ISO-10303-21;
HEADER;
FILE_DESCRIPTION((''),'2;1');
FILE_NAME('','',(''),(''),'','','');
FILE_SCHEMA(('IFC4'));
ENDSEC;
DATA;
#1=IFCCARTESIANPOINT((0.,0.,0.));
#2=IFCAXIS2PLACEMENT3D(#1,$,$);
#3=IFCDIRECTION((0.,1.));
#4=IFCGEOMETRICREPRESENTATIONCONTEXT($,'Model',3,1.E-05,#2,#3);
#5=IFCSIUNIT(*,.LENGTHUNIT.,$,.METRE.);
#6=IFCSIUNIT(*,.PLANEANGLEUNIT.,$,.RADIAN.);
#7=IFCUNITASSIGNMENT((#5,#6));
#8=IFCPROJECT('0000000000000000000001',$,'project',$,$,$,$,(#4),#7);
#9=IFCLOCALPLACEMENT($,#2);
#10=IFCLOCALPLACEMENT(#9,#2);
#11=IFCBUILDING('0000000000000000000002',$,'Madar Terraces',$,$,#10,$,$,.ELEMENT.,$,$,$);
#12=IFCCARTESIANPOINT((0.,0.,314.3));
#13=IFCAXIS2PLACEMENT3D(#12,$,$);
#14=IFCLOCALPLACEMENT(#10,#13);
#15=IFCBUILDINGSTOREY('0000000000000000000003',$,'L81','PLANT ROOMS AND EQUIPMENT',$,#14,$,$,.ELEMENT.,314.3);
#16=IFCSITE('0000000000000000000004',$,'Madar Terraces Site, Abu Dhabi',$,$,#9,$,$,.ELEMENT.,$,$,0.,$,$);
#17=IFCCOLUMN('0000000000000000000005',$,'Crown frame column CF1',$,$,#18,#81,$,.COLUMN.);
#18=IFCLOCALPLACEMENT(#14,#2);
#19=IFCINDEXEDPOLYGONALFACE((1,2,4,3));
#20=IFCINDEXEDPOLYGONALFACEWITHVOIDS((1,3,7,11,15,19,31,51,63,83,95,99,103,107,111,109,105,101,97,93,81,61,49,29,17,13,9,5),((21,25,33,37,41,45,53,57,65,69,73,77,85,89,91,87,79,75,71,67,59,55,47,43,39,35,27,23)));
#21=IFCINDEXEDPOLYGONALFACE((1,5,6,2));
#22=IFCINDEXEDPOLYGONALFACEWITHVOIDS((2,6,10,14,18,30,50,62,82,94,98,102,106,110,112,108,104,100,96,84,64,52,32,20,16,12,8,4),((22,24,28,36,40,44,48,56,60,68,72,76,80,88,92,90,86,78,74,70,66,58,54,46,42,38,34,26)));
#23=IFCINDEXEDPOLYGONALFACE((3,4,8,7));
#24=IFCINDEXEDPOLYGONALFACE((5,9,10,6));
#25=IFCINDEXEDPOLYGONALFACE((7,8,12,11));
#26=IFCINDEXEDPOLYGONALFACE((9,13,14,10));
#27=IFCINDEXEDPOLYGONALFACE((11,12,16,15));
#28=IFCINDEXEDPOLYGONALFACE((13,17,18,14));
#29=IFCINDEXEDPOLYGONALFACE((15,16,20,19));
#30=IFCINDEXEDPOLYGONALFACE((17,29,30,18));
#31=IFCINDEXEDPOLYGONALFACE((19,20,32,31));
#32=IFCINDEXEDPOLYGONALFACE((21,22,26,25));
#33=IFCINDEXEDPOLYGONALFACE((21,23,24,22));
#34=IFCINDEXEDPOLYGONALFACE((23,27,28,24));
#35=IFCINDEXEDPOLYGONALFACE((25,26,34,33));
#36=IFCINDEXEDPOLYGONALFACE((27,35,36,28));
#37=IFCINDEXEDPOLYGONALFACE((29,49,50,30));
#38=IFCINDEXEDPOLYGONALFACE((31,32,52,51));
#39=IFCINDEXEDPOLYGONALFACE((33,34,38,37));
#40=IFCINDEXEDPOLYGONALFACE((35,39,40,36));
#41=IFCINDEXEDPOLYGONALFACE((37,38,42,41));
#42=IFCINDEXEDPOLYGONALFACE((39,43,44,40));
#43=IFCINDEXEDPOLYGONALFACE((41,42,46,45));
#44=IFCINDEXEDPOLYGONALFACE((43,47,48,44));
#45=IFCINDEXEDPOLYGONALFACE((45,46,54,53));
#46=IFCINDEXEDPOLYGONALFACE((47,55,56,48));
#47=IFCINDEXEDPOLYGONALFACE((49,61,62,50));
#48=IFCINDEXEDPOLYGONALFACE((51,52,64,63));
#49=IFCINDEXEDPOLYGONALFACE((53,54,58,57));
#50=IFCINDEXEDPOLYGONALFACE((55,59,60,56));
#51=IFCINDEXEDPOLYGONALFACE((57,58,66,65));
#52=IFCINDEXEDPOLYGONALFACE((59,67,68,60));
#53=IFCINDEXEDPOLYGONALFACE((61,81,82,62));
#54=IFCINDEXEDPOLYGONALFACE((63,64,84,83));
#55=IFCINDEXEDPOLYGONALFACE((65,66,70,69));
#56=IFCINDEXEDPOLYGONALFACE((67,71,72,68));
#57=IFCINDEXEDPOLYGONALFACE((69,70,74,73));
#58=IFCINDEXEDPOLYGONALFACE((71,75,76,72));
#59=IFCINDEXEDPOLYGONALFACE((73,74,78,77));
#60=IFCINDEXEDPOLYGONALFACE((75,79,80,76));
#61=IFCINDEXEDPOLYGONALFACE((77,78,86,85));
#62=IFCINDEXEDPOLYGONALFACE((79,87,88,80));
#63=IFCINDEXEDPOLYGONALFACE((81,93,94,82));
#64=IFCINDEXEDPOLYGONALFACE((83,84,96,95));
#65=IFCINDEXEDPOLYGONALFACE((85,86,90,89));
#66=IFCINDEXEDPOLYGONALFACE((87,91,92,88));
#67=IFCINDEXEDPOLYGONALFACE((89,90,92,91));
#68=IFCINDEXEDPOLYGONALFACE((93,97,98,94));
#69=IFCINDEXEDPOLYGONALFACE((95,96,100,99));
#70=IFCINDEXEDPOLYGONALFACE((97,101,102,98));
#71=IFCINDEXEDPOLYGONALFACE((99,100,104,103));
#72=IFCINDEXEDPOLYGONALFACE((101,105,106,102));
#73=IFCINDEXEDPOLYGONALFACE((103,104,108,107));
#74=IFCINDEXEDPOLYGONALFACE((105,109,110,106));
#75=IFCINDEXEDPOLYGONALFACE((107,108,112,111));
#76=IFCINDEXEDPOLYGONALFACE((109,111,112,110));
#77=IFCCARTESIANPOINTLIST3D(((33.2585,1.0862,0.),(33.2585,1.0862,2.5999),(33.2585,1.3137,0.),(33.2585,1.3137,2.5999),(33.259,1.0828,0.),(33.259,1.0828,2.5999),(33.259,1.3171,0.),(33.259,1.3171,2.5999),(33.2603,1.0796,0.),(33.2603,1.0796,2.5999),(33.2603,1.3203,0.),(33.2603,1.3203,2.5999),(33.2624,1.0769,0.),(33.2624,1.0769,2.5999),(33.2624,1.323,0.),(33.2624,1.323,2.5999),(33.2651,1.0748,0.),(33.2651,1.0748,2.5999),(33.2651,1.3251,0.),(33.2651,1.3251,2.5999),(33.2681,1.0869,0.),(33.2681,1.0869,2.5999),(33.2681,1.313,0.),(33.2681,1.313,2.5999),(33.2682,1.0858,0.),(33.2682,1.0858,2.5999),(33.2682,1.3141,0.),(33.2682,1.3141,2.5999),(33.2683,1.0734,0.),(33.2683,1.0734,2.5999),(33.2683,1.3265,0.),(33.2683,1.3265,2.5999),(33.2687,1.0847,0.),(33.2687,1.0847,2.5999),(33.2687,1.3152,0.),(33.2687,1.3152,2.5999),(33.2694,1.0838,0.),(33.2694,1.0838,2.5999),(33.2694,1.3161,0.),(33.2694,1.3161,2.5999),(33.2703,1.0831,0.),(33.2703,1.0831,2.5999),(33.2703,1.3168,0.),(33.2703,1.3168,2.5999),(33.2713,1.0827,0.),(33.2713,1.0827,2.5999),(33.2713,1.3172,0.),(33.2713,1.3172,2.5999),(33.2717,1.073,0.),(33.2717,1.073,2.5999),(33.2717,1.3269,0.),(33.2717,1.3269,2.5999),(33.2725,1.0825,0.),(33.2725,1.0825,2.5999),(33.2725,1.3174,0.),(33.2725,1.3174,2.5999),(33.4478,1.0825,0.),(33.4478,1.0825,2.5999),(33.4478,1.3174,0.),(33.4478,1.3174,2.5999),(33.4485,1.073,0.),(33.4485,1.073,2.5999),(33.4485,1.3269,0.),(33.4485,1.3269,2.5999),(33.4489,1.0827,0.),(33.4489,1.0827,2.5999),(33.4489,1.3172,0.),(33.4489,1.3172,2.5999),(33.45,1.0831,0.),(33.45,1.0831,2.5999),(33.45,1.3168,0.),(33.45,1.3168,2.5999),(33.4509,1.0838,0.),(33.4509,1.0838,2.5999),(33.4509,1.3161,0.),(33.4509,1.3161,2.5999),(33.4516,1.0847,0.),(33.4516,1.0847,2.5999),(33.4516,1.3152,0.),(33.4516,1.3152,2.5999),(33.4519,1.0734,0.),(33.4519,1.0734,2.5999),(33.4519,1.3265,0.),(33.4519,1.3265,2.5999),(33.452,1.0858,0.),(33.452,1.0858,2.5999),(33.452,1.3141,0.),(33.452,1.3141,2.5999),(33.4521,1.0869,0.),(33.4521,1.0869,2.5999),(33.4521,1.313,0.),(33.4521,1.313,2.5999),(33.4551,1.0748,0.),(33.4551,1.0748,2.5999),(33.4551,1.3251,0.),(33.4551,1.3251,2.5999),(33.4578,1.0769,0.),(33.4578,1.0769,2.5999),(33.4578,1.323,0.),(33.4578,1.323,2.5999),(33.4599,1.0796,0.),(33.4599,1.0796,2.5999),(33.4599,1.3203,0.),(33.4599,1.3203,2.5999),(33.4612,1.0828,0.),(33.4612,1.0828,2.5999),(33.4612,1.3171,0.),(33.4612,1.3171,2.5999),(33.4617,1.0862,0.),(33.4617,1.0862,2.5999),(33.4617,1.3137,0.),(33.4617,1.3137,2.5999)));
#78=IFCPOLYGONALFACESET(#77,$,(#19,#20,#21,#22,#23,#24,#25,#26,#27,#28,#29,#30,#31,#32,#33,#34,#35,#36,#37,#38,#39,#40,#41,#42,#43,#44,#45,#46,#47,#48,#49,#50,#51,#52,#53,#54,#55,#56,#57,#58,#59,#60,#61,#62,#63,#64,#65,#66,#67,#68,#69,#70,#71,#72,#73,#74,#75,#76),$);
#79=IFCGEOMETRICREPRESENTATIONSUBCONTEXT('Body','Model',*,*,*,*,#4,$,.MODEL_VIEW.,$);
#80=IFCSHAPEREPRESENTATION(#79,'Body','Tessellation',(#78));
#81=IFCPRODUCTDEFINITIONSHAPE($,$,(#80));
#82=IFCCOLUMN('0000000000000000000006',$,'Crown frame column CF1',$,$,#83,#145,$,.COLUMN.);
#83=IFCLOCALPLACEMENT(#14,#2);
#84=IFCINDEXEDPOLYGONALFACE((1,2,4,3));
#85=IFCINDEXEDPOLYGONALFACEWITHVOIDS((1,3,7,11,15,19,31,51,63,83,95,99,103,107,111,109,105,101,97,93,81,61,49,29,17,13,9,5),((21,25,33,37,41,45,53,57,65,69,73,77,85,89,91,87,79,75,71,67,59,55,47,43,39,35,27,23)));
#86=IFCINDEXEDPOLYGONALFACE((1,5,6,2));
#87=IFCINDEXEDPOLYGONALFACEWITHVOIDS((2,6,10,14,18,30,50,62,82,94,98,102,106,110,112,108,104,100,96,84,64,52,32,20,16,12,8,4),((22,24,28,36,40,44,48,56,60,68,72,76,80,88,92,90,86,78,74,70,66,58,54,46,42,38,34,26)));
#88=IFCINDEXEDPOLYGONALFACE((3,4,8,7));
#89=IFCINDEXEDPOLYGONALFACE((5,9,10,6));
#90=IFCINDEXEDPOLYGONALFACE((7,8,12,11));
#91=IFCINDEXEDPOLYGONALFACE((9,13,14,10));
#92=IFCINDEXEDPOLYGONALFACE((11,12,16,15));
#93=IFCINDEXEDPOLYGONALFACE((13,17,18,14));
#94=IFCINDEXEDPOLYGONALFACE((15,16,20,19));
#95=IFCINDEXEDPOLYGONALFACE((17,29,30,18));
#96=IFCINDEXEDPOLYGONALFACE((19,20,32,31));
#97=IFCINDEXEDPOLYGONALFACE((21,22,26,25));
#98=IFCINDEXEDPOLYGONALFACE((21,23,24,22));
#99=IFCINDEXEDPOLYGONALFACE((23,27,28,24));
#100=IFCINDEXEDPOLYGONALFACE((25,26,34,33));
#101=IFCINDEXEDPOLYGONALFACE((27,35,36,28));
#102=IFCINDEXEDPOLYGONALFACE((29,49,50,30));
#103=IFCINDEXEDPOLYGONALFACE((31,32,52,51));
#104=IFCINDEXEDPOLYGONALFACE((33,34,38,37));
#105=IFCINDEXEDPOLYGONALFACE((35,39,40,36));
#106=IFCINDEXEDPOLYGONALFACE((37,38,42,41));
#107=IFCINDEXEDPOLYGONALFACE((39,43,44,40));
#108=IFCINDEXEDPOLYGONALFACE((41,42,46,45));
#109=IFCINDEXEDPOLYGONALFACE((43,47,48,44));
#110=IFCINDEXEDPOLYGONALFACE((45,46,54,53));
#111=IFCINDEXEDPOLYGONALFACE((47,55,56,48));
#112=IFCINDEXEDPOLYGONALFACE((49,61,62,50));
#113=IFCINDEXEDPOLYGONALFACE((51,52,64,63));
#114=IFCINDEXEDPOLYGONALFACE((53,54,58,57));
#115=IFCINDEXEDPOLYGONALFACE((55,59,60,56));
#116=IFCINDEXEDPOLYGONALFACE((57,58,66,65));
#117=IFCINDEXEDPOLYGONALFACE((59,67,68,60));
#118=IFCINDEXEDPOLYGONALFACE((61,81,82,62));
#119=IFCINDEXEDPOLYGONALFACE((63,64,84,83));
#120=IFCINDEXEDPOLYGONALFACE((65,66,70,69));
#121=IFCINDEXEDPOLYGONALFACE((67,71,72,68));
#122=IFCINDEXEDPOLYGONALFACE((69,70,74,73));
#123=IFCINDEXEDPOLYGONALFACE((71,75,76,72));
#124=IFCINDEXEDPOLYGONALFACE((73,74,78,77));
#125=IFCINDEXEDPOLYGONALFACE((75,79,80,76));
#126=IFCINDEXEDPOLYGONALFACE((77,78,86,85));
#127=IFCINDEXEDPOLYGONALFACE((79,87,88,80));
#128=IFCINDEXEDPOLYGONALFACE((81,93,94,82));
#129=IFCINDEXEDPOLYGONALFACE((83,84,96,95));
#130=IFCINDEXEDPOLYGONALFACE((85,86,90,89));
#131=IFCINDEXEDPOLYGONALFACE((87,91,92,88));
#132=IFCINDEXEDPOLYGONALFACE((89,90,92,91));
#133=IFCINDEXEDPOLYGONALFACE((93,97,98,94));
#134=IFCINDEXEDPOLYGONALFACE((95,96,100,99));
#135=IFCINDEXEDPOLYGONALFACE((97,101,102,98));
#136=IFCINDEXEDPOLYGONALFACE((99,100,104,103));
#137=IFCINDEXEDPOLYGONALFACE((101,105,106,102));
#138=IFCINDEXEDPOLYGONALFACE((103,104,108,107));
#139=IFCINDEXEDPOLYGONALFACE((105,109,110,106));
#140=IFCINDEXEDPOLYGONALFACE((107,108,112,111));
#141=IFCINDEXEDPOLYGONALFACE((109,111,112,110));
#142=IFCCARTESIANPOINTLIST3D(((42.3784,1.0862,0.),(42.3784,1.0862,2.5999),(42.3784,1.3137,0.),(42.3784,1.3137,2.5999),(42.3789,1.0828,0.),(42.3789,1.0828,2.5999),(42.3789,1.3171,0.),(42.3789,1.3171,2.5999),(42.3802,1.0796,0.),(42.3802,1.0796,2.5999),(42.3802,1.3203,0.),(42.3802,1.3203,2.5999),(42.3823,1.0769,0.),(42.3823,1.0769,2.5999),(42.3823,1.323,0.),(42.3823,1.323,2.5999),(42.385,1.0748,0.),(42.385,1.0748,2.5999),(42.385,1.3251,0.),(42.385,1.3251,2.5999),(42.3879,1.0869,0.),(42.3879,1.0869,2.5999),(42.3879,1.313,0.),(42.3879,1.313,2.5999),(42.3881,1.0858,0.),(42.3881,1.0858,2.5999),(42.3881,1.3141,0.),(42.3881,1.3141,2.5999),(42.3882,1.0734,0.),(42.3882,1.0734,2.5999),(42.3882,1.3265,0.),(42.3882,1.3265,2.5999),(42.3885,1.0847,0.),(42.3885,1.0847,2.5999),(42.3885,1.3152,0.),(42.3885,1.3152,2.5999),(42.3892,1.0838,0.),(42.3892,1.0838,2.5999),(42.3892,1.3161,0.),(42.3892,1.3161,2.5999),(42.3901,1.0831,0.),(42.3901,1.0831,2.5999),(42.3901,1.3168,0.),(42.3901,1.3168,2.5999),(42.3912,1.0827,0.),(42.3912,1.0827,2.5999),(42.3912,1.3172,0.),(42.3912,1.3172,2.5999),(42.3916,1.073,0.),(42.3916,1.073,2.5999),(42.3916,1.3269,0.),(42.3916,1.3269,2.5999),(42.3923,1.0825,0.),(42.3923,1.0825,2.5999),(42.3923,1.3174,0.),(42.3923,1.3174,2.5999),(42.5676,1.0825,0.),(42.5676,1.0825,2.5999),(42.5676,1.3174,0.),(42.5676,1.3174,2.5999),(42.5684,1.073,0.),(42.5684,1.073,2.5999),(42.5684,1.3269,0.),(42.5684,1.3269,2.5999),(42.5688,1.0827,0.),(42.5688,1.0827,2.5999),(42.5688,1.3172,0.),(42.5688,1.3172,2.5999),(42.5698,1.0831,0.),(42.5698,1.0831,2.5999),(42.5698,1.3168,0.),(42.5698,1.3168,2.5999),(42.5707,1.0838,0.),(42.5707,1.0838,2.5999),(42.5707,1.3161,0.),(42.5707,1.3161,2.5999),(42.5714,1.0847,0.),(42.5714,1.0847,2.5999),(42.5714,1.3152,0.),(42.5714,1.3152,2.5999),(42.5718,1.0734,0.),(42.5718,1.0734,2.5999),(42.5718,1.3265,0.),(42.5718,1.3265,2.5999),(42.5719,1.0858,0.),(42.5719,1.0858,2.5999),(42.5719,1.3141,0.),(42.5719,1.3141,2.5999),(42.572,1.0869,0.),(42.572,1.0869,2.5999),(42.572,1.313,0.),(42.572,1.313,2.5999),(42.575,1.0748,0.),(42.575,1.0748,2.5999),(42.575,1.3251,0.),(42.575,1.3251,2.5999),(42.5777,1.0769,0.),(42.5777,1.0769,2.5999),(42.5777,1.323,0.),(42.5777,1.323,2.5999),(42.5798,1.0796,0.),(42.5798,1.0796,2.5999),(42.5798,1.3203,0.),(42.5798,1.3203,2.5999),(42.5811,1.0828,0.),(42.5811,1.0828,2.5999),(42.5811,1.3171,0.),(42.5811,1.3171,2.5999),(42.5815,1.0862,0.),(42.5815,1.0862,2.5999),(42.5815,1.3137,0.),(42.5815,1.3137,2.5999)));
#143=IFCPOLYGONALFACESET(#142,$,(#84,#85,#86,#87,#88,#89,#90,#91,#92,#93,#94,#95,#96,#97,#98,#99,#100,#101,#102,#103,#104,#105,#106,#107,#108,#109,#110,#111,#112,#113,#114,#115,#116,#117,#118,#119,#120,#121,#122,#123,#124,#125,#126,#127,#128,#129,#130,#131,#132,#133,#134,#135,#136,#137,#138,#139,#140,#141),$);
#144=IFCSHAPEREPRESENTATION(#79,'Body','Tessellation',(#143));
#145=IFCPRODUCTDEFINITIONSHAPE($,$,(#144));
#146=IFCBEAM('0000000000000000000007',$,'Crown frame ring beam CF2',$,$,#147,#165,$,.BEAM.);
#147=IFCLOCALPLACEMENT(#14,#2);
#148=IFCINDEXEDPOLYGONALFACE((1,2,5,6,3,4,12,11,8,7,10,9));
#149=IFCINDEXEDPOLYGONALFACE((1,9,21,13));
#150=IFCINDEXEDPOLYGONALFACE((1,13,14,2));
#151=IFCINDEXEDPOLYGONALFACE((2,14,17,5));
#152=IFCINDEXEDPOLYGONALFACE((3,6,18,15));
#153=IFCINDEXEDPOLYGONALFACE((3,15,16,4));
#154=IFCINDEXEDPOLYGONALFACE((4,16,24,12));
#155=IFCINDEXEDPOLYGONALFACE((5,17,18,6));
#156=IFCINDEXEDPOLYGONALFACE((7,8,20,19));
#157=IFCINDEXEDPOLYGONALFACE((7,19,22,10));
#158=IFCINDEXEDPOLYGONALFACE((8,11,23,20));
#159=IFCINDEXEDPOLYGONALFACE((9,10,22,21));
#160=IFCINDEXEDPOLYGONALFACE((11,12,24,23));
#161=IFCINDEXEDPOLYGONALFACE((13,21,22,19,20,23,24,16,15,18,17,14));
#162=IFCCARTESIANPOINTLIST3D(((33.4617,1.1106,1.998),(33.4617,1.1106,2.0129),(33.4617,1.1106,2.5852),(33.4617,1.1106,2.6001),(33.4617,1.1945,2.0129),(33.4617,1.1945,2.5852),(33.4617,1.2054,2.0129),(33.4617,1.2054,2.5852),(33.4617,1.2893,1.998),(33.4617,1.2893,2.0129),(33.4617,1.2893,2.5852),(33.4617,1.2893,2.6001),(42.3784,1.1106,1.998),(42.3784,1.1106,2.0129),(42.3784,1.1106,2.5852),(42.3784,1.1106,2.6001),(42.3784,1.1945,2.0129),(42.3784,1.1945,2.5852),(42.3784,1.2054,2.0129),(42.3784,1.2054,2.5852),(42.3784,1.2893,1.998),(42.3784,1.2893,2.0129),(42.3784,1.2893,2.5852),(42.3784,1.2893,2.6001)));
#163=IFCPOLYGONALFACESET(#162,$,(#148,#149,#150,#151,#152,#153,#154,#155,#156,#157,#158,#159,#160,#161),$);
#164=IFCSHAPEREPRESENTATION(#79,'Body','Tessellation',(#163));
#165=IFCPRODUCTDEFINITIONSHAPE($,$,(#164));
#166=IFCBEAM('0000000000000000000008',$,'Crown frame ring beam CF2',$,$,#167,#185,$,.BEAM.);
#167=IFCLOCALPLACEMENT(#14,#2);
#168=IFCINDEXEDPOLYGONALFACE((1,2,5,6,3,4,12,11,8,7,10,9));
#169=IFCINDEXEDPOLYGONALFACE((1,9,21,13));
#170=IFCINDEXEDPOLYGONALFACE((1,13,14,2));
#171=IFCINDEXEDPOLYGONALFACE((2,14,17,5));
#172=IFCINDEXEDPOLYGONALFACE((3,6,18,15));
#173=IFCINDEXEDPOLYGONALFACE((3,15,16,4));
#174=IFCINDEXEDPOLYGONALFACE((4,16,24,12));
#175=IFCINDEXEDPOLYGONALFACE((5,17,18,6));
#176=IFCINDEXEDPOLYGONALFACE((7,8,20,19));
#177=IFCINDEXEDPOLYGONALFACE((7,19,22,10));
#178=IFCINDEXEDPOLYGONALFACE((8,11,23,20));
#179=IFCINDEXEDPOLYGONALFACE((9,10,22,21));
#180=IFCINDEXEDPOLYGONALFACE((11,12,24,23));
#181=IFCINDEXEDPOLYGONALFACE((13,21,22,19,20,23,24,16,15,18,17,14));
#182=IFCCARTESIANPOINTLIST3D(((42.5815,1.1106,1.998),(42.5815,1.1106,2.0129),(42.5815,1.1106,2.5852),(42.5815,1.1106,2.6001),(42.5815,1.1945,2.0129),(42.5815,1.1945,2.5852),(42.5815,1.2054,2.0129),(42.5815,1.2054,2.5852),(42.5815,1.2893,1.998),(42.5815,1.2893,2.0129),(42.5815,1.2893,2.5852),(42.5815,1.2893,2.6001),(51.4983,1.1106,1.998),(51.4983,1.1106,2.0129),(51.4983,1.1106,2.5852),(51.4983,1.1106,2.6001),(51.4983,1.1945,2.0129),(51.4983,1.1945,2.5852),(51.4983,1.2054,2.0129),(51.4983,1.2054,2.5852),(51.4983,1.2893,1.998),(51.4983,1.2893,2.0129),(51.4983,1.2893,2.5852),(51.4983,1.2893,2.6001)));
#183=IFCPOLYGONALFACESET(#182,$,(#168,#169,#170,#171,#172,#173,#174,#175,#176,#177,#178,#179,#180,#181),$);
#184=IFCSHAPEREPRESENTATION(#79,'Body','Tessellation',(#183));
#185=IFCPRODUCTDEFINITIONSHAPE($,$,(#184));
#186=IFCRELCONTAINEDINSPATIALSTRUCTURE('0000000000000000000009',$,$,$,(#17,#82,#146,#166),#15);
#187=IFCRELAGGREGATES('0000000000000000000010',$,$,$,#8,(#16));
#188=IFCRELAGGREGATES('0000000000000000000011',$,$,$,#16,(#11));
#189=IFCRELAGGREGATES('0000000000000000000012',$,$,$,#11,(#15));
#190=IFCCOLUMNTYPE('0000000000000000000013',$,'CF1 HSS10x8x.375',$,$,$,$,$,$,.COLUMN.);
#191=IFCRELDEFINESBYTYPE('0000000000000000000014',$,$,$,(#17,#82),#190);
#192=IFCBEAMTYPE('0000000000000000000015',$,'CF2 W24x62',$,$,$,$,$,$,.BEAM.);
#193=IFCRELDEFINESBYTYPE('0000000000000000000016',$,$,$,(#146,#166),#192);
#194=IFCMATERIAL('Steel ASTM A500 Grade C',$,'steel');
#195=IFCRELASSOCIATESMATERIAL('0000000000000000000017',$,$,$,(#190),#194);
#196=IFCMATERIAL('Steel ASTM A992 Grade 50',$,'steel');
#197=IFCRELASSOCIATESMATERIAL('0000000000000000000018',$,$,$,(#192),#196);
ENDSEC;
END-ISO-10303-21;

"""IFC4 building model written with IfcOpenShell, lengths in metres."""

from ifc_helpers import new_model, si_unit, direction, frame, origin, origin_2d, place, context, subcontext, project, spatial, hollow_rectangle, i_section, extrude, material, material_profile, profile_set, type_object, element, save


model = new_model("IFC4")

# Units and contexts
model_context = context("Model", 3, precision=1e-05, world=origin(), true_north=direction((0.0, 1.0)))
body_context = subcontext(model_context, "Body", "Model", "MODEL_VIEW")
ifc_project = project(units=[si_unit("LENGTHUNIT", "METRE"), si_unit("PLANEANGLEUNIT", "RADIAN")], contexts=[model_context])

# Site, building, storey
site_placement = place(None, origin())
site = spatial("IfcSite", under=ifc_project, at=site_placement, Name="Madar Terraces Site, Abu Dhabi", CompositionType="ELEMENT", RefElevation=0.0)
building_placement = place(site_placement, origin())
building = spatial("IfcBuilding", under=site, at=building_placement, Name="Madar Terraces", CompositionType="ELEMENT")
storey_placement = place(building_placement, frame((0.0, 0.0, 314.3)))
storey = spatial("IfcBuildingStorey", under=building, at=storey_placement, Name="L81", Description="PLANT ROOMS AND EQUIPMENT", CompositionType="ELEMENT", Elevation=314.3)

# Columns
ifc_material_1 = material(Name="Steel ASTM A500 Grade C", Category="steel")
ifc_material_profile_1 = material_profile(ifc_material_1, hollow_rectangle(XDim=0.2031, YDim=0.2539, WallThickness=0.0095, InnerFilletRadius=0.0044, OuterFilletRadius=0.0132, at=origin_2d()), Name="HSS10x8x.375")
ifc_profile_set_1 = profile_set([ifc_material_profile_1], Name="Steel ASTM A500 Grade C")
column_type = type_object("IfcColumnType", Name="CF1 HSS10x8x.375", PredefinedType="COLUMN", material=ifc_profile_set_1)
for number, where, z_axis, x_axis, name in (
    (1, (33.3601, 1.2, 0.0), (0.0, 0.0, 1.0), (1.0, 0.0, 0.0), "Crown frame column CF1"),
    (2, (42.48, 1.2, 0.0), (0.0, 0.0, 1.0), (1.0, 0.0, 0.0), "Crown frame column CF1"),
):
    element("IfcColumn", number, at=place(storey_placement, frame(where, z_axis=z_axis, x_axis=x_axis)), inside=storey, type_object=column_type, Name=name, PredefinedType="COLUMN", context=body_context, shape_type="SweptSolid", body=[
        extrude(hollow_rectangle(XDim=0.2031, YDim=0.2539, WallThickness=0.0095, InnerFilletRadius=0.0044, OuterFilletRadius=0.0132, at=origin_2d()), origin(), (0.0, 0.0, 1.0), 2.5999),
    ])

# Beams
ifc_material_2 = material(Name="Steel ASTM A992 Grade 50", Category="steel")
ifc_material_profile_2 = material_profile(ifc_material_2, i_section(OverallWidth=0.1787, OverallDepth=0.6021, WebThickness=0.011, FlangeThickness=0.0149, at=origin_2d()), Name="W24x62")
ifc_profile_set_2 = profile_set([ifc_material_profile_2], Name="Steel ASTM A992 Grade 50")
beam_type = type_object("IfcBeamType", Name="CF2 W24x62", PredefinedType="BEAM", material=ifc_profile_set_2)
for number, where, z_axis, x_axis, name in (
    (3, (33.4617, 1.2, 2.2991), (1.0, 0.0, 0.0), (0.0, 1.0, 0.0), "Crown frame ring beam CF2"),
    (4, (42.5815, 1.2, 2.2991), (1.0, 0.0, 0.0), (0.0, 1.0, 0.0), "Crown frame ring beam CF2"),
):
    element("IfcBeam", number, at=place(storey_placement, frame(where, z_axis=z_axis, x_axis=x_axis)), inside=storey, type_object=beam_type, Name=name, PredefinedType="BEAM", context=body_context, shape_type="SweptSolid", body=[
        extrude(i_section(OverallWidth=0.1787, OverallDepth=0.6021, WebThickness=0.011, FlangeThickness=0.0149, at=origin_2d()), origin(), (0.0, 0.0, 1.0), 8.9167),
    ])

save(model, "model.ifc")
